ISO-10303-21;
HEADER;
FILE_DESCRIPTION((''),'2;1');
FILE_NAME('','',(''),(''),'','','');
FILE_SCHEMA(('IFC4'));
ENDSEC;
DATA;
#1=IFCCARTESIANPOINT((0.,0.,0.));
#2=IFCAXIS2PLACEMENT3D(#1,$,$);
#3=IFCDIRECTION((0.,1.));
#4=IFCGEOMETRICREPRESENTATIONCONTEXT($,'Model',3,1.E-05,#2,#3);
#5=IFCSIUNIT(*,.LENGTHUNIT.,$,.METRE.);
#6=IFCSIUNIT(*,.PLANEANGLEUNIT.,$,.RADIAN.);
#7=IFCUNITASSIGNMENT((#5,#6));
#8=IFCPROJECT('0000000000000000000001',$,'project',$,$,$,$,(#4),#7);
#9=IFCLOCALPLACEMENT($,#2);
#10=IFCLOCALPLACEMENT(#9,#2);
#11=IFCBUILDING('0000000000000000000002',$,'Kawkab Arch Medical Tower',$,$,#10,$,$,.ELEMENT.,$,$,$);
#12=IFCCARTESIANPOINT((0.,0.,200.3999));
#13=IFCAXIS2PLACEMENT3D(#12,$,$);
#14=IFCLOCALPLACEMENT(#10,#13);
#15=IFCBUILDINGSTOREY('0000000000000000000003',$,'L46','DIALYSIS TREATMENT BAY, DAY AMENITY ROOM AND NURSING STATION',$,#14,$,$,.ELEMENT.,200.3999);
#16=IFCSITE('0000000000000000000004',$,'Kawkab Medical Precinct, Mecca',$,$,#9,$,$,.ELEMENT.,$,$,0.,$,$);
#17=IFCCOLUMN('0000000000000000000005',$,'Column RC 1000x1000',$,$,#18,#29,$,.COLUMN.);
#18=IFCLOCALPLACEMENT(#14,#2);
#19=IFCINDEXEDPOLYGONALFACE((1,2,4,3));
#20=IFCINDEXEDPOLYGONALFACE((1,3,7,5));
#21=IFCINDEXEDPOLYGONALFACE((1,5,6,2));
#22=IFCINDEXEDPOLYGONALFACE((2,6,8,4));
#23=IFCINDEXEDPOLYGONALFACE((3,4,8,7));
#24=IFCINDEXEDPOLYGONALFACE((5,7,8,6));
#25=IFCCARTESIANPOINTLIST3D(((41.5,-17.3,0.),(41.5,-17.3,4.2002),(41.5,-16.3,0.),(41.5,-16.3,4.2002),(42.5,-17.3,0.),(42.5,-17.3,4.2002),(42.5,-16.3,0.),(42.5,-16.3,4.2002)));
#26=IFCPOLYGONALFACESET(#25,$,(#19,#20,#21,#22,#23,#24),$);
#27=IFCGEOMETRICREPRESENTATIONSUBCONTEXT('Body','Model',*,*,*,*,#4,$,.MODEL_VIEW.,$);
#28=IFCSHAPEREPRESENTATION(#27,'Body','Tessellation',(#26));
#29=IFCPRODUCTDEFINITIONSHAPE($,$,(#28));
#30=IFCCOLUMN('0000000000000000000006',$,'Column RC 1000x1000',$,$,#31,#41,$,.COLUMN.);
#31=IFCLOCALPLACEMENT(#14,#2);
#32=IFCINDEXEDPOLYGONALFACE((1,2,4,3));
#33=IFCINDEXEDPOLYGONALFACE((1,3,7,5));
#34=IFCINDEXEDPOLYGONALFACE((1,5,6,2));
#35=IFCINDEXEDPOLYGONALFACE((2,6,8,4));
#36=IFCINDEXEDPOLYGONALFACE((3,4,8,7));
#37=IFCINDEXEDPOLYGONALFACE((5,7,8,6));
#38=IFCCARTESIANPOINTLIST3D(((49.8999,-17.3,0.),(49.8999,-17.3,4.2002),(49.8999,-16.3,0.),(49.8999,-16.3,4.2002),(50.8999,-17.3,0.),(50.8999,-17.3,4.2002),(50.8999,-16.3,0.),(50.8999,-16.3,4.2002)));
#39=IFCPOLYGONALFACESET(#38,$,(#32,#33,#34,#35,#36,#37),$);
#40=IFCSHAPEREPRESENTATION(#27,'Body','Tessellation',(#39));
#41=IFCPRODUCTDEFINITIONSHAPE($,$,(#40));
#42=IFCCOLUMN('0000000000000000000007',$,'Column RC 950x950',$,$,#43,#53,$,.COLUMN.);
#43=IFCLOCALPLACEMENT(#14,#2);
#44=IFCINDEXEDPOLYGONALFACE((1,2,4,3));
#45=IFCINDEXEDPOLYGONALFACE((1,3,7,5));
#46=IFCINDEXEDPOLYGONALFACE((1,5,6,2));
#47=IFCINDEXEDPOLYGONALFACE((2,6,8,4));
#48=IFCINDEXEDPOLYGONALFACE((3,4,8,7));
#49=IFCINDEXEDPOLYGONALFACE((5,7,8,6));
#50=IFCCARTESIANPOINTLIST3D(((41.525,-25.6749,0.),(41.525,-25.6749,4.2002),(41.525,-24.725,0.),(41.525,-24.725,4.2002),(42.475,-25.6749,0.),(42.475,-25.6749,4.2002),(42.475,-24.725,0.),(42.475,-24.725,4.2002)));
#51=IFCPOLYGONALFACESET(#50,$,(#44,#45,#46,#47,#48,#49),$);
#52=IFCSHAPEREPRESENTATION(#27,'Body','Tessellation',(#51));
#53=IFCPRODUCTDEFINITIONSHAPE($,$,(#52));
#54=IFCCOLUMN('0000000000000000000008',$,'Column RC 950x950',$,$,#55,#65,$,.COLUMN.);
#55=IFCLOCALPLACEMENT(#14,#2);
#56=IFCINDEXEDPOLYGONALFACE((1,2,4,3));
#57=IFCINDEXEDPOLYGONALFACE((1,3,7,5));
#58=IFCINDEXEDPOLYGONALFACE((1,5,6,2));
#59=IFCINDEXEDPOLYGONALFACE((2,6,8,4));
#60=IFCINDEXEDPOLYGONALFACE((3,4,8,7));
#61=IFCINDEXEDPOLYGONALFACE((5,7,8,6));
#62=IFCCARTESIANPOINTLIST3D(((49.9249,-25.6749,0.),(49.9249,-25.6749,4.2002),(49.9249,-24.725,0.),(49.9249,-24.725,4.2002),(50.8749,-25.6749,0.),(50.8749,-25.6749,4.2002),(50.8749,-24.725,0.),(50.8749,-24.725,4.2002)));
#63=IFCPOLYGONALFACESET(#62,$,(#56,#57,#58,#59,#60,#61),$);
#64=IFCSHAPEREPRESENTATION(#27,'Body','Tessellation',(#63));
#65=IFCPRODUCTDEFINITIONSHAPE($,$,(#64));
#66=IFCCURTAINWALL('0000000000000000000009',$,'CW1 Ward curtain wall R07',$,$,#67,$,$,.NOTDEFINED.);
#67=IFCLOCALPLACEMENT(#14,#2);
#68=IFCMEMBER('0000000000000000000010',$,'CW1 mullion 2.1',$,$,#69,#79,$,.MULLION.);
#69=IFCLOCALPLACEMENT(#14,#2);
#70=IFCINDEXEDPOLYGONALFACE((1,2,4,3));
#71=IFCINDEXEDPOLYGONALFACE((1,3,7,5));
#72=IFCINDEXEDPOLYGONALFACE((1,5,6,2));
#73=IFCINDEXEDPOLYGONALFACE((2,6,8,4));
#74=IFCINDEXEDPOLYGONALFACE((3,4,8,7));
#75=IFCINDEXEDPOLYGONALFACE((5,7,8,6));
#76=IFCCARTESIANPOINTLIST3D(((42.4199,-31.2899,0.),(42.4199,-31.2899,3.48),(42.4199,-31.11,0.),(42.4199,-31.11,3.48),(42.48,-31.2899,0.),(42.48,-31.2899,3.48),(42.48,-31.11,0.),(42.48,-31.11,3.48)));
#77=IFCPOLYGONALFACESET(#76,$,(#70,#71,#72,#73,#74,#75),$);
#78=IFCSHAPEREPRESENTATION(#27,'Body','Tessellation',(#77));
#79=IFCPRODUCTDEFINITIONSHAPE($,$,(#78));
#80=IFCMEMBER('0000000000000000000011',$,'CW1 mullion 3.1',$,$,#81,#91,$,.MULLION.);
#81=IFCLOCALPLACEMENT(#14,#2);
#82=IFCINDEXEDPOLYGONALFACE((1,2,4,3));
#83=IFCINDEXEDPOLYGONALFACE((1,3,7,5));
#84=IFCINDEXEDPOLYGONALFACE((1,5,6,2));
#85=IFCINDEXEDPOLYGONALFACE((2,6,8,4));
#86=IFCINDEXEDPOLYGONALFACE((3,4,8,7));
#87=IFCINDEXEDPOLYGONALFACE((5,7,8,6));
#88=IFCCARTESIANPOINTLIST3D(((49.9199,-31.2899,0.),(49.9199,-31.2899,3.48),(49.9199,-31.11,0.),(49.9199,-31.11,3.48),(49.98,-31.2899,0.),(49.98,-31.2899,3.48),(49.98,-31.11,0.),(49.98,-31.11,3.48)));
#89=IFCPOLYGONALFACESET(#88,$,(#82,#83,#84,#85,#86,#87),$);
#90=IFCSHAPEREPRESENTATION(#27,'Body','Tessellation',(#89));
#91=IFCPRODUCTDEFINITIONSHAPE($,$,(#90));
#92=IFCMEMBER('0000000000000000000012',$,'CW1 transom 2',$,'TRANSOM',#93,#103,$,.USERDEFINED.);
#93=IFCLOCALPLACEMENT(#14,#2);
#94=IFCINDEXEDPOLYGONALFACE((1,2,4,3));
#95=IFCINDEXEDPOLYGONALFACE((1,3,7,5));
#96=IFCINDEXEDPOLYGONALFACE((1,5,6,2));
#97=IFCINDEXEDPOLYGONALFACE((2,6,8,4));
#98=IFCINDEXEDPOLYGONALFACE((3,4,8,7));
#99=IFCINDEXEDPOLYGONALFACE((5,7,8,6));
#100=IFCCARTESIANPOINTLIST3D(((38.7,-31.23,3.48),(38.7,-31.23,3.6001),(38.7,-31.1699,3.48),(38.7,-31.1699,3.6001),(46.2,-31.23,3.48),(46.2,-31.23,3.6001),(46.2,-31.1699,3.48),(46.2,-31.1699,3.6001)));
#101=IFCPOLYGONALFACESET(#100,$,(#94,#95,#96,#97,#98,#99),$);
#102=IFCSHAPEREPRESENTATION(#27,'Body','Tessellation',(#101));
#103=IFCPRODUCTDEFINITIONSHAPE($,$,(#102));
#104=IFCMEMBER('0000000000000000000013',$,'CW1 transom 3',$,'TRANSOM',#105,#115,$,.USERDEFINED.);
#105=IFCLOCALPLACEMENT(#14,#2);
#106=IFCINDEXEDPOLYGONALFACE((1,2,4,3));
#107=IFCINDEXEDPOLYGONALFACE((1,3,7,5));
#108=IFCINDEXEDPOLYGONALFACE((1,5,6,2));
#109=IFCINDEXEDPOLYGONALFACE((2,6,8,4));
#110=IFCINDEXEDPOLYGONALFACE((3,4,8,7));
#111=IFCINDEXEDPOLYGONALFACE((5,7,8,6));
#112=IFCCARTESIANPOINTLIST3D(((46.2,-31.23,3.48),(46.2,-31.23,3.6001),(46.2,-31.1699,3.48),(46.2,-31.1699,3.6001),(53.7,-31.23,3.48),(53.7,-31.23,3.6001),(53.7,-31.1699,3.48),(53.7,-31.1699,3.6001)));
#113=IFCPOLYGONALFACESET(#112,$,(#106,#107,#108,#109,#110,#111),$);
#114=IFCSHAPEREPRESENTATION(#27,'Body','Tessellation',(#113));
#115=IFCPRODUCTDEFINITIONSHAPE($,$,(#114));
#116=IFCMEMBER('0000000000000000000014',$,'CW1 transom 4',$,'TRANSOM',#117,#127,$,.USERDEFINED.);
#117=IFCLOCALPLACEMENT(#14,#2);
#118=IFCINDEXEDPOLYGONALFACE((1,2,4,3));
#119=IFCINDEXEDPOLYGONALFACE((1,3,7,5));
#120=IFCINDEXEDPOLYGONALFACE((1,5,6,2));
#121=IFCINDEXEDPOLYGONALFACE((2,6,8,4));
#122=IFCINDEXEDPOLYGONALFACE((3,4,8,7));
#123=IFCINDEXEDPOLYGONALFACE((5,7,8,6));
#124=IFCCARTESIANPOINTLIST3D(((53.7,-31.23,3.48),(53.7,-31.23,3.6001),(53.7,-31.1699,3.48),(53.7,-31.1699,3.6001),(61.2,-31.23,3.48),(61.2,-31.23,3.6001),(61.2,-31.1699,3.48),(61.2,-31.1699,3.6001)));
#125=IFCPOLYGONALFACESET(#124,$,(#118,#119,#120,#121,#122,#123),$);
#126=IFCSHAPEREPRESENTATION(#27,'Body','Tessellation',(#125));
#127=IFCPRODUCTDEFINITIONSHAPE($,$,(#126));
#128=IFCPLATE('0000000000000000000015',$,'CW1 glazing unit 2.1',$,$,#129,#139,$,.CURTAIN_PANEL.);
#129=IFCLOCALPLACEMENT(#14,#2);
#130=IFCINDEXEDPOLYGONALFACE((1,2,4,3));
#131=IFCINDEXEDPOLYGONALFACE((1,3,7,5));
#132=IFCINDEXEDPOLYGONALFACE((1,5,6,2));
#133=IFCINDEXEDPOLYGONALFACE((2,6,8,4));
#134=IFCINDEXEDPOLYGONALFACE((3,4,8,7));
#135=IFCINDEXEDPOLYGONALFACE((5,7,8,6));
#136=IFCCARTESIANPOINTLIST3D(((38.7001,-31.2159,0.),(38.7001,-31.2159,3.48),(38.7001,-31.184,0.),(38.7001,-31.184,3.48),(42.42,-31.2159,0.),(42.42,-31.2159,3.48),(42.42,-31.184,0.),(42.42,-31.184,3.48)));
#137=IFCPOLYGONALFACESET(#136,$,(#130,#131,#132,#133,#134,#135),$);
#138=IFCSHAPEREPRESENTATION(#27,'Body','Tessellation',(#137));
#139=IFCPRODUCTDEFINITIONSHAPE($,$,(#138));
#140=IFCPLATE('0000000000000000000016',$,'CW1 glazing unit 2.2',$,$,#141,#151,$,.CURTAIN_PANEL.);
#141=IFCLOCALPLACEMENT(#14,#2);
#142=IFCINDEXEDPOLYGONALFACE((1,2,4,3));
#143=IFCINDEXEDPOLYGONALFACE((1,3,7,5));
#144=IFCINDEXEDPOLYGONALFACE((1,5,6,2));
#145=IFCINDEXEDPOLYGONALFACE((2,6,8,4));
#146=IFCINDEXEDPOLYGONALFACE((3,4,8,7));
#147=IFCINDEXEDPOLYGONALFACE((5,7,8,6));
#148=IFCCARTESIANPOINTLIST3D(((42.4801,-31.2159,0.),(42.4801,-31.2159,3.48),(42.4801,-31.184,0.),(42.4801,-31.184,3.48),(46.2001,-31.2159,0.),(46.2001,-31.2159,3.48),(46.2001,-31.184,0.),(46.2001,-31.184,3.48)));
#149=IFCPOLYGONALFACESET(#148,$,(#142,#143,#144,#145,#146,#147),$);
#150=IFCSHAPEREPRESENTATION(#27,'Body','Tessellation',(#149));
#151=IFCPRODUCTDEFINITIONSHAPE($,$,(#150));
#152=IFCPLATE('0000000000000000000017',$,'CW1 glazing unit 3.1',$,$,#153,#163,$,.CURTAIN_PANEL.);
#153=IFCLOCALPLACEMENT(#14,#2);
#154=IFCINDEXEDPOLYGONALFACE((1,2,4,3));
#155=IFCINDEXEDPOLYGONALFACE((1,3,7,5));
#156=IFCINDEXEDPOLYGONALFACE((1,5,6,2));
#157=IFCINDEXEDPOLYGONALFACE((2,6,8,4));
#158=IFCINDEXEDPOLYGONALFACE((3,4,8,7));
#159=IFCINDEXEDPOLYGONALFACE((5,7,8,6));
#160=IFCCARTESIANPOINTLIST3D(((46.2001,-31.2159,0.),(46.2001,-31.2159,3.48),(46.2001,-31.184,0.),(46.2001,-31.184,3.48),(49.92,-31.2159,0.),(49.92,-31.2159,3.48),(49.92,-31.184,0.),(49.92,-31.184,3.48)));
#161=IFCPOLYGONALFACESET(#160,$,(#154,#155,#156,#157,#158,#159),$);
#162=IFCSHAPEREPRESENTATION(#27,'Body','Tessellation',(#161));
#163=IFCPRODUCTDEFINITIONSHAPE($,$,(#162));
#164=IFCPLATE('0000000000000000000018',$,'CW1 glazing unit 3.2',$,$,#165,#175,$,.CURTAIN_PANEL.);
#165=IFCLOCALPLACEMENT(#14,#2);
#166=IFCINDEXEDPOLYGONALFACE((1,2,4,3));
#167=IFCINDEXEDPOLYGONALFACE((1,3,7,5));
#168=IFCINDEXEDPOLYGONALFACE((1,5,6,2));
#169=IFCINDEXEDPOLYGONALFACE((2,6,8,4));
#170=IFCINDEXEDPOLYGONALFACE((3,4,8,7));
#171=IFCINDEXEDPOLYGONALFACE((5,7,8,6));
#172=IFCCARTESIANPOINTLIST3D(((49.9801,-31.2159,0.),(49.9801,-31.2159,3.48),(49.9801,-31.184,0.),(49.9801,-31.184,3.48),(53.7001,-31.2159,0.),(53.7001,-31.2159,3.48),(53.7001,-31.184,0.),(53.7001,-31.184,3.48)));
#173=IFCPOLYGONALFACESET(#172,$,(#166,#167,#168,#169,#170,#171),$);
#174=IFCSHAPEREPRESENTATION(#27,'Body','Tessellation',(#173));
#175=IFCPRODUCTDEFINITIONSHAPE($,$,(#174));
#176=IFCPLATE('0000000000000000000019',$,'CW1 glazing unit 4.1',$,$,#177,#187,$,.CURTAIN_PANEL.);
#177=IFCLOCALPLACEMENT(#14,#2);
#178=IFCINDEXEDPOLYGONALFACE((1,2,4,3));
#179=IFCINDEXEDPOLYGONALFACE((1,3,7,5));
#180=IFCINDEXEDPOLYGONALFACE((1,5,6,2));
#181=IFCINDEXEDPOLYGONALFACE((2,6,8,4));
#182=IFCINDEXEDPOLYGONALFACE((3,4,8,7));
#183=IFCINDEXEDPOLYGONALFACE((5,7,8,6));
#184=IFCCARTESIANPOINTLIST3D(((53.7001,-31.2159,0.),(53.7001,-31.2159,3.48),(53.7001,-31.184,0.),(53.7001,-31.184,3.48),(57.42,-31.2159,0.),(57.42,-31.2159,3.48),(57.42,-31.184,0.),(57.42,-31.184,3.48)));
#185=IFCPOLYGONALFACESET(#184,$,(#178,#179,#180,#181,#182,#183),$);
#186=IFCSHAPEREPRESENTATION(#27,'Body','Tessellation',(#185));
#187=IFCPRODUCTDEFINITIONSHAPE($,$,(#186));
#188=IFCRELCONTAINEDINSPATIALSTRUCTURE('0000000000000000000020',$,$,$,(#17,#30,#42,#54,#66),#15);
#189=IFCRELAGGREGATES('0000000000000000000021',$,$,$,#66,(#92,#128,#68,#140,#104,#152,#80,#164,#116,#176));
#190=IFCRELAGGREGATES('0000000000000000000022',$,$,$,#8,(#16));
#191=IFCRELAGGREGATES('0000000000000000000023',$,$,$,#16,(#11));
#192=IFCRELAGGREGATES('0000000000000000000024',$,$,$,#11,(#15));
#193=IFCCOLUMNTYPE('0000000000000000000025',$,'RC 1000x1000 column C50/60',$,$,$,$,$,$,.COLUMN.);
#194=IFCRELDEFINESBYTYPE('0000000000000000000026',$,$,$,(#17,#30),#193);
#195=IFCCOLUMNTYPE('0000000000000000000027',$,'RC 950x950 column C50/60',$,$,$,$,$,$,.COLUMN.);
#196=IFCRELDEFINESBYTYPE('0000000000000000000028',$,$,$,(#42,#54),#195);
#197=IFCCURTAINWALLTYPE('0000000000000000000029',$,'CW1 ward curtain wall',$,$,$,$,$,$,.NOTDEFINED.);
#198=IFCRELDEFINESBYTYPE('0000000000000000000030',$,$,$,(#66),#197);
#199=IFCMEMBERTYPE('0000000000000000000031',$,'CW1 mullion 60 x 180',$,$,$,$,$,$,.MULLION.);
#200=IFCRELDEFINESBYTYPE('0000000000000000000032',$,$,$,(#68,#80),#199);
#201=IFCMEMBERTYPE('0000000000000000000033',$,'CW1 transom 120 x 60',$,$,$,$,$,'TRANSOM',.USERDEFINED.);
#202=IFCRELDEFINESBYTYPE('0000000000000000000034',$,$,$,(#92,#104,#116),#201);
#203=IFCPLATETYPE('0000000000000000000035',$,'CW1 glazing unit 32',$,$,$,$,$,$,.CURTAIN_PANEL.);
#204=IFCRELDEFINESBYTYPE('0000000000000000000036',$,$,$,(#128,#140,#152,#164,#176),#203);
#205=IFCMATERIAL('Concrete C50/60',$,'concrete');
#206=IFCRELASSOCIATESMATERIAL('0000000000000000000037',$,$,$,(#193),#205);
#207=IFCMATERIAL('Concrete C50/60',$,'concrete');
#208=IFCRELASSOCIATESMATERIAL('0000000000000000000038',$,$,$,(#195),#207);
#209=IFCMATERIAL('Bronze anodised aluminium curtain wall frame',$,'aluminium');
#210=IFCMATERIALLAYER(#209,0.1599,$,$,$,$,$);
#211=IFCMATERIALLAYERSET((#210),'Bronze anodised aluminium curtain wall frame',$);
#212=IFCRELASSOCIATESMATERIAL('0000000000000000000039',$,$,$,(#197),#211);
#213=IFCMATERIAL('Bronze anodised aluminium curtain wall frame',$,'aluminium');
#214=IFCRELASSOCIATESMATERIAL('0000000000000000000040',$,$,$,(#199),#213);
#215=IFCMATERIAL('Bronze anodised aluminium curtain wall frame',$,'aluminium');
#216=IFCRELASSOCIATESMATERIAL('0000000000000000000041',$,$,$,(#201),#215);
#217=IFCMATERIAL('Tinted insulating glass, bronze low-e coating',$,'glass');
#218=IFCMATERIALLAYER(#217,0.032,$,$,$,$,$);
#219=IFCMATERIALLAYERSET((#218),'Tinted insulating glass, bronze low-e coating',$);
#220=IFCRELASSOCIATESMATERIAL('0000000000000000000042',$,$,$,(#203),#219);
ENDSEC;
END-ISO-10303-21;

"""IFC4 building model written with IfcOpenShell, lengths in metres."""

from ifc_helpers import new_model, si_unit, direction, frame, origin, origin_2d, place, context, subcontext, project, spatial, rectangle, extrude, material, layer, layer_set, material_profile, profile_set, type_object, element, aggregate, save


model = new_model("IFC4")

# Units and contexts
model_context = context("Model", 3, precision=1e-05, world=origin(), true_north=direction((0.0, 1.0)))
body_context = subcontext(model_context, "Body", "Model", "MODEL_VIEW")
ifc_project = project(units=[si_unit("LENGTHUNIT", "METRE"), si_unit("PLANEANGLEUNIT", "RADIAN")], contexts=[model_context])

# Site, building, storey
site_placement = place(None, origin())
site = spatial("IfcSite", under=ifc_project, at=site_placement, Name="Kawkab Medical Precinct, Mecca", CompositionType="ELEMENT", RefElevation=0.0)
building_placement = place(site_placement, origin())
building = spatial("IfcBuilding", under=site, at=building_placement, Name="Kawkab Arch Medical Tower", CompositionType="ELEMENT")
storey_placement = place(building_placement, frame((0.0, 0.0, 200.3999)))
storey = spatial("IfcBuildingStorey", under=building, at=storey_placement, Name="L46", Description="DIALYSIS TREATMENT BAY, DAY AMENITY ROOM AND NURSING STATION", CompositionType="ELEMENT", Elevation=200.3999)

# Columns
ifc_material_1 = material(Name="Concrete C50/60", Category="concrete")
ifc_material_profile_1 = material_profile(ifc_material_1, rectangle(XDim=1.0, YDim=1.0, at=origin_2d()), Name="RC 1000x1000")
ifc_profile_set_1 = profile_set([ifc_material_profile_1], Name="Concrete C50/60")
column_type_1 = type_object("IfcColumnType", Name="RC 1000x1000 column C50/60", PredefinedType="COLUMN", material=ifc_profile_set_1)
for number, where, z_axis, x_axis, name in (
    (1, (42.0, -16.8, 0.0), (0.0, 0.0, 1.0), (1.0, 0.0, 0.0), "Column RC 1000x1000"),
    (2, (50.3999, -16.8, 0.0), (0.0, 0.0, 1.0), (1.0, 0.0, 0.0), "Column RC 1000x1000"),
):
    element("IfcColumn", number, at=place(storey_placement, frame(where, z_axis=z_axis, x_axis=x_axis)), inside=storey, type_object=column_type_1, Name=name, PredefinedType="COLUMN", context=body_context, shape_type="SweptSolid", body=[
        extrude(rectangle(XDim=1.0, YDim=1.0, at=origin_2d()), origin(), (0.0, 0.0, 1.0), 4.2002),
    ])
ifc_material_2 = material(Name="Concrete C50/60", Category="concrete")
ifc_material_profile_2 = material_profile(ifc_material_2, rectangle(XDim=0.95, YDim=0.95, at=origin_2d()), Name="RC 950x950")
ifc_profile_set_2 = profile_set([ifc_material_profile_2], Name="Concrete C50/60")
column_type_2 = type_object("IfcColumnType", Name="RC 950x950 column C50/60", PredefinedType="COLUMN", material=ifc_profile_set_2)
for number, where, z_axis, x_axis, name in (
    (3, (42.0, -25.2, 0.0), (0.0, 0.0, 1.0), (1.0, 0.0, 0.0), "Column RC 950x950"),
    (4, (50.3999, -25.2, 0.0), (0.0, 0.0, 1.0), (1.0, 0.0, 0.0), "Column RC 950x950"),
):
    element("IfcColumn", number, at=place(storey_placement, frame(where, z_axis=z_axis, x_axis=x_axis)), inside=storey, type_object=column_type_2, Name=name, PredefinedType="COLUMN", context=body_context, shape_type="SweptSolid", body=[
        extrude(rectangle(XDim=0.95, YDim=0.95, at=origin_2d()), origin(), (0.0, 0.0, 1.0), 4.2002),
    ])

# Curtain wall, members, plates
ifc_material_3 = material(Name="Bronze anodised aluminium curtain wall frame", Category="aluminium")
ifc_layer_1 = layer(ifc_material_3, 0.1599)
ifc_layer_set_1 = layer_set([ifc_layer_1], Name="Bronze anodised aluminium curtain wall frame")
curtain_wall_type = type_object("IfcCurtainWallType", Name="CW1 ward curtain wall", PredefinedType="NOTDEFINED", material=ifc_layer_set_1)
curtain_wall_placement = place(storey_placement, origin())
curtain_wall = element("IfcCurtainWall", 5, at=curtain_wall_placement, inside=storey, type_object=curtain_wall_type, Name="CW1 Ward curtain wall R07", PredefinedType="NOTDEFINED")
ifc_material_4 = material(Name="Bronze anodised aluminium curtain wall frame", Category="aluminium")
ifc_material_profile_3 = material_profile(ifc_material_4, rectangle(XDim=0.1799, YDim=0.0601, at=origin_2d()), Name="AL 60x180")
ifc_profile_set_3 = profile_set([ifc_material_profile_3], Name="Bronze anodised aluminium curtain wall frame")
member_type_1 = type_object("IfcMemberType", Name="CW1 mullion 60 x 180", PredefinedType="MULLION", material=ifc_profile_set_3)
member_1_placement = place(storey_placement, frame((42.45, -31.2, 0.0), z_axis=(0.0, 0.0, 1.0), x_axis=(0.0, 1.0, 0.0)))
member_1 = element("IfcMember", 6, at=member_1_placement, type_object=member_type_1, Name="CW1 mullion 2.1", PredefinedType="MULLION", context=body_context, shape_type="SweptSolid", body=[
    extrude(rectangle(XDim=0.1799, YDim=0.0601, at=origin_2d()), origin(), (0.0, 0.0, 1.0), 3.48),
])
member_2_placement = place(storey_placement, frame((49.95, -31.2, 0.0), z_axis=(0.0, 0.0, 1.0), x_axis=(0.0, 1.0, 0.0)))
member_2 = element("IfcMember", 7, at=member_2_placement, type_object=member_type_1, Name="CW1 mullion 3.1", PredefinedType="MULLION", context=body_context, shape_type="SweptSolid", body=[
    extrude(rectangle(XDim=0.1799, YDim=0.0601, at=origin_2d()), origin(), (0.0, 0.0, 1.0), 3.48),
])
ifc_material_5 = material(Name="Bronze anodised aluminium curtain wall frame", Category="aluminium")
ifc_material_profile_4 = material_profile(ifc_material_5, rectangle(XDim=0.0601, YDim=0.1201, at=origin_2d()), Name="AL 60x120")
ifc_profile_set_4 = profile_set([ifc_material_profile_4], Name="Bronze anodised aluminium curtain wall frame")
member_type_2 = type_object("IfcMemberType", Name="CW1 transom 120 x 60", ElementType="TRANSOM", PredefinedType="USERDEFINED", material=ifc_profile_set_4)
member_3_placement = place(storey_placement, frame((38.7, -31.2, 3.54), z_axis=(1.0, 0.0, 0.0), x_axis=(0.0, 1.0, 0.0)))
member_3 = element("IfcMember", 8, at=member_3_placement, type_object=member_type_2, Name="CW1 transom 2", ObjectType="TRANSOM", PredefinedType="USERDEFINED", context=body_context, shape_type="SweptSolid", body=[
    extrude(rectangle(XDim=0.0601, YDim=0.1201, at=origin_2d()), origin(), (0.0, 0.0, 1.0), 7.5),
])
member_4_placement = place(storey_placement, frame((46.2, -31.2, 3.54), z_axis=(1.0, 0.0, 0.0), x_axis=(0.0, 1.0, 0.0)))
member_4 = element("IfcMember", 9, at=member_4_placement, type_object=member_type_2, Name="CW1 transom 3", ObjectType="TRANSOM", PredefinedType="USERDEFINED", context=body_context, shape_type="SweptSolid", body=[
    extrude(rectangle(XDim=0.0601, YDim=0.1201, at=origin_2d()), origin(), (0.0, 0.0, 1.0), 7.5),
])
member_5_placement = place(storey_placement, frame((53.7, -31.2, 3.54), z_axis=(1.0, 0.0, 0.0), x_axis=(0.0, 1.0, 0.0)))
member_5 = element("IfcMember", 10, at=member_5_placement, type_object=member_type_2, Name="CW1 transom 4", ObjectType="TRANSOM", PredefinedType="USERDEFINED", context=body_context, shape_type="SweptSolid", body=[
    extrude(rectangle(XDim=0.0601, YDim=0.1201, at=origin_2d()), origin(), (0.0, 0.0, 1.0), 7.5),
])
ifc_material_6 = material(Name="Tinted insulating glass, bronze low-e coating", Category="glass")
ifc_layer_2 = layer(ifc_material_6, 0.032)
ifc_layer_set_2 = layer_set([ifc_layer_2], Name="Tinted insulating glass, bronze low-e coating")
plate_type = type_object("IfcPlateType", Name="CW1 glazing unit 32", PredefinedType="CURTAIN_PANEL", material=ifc_layer_set_2)
plate_1_placement = place(storey_placement, frame((40.5601, -31.2, 0.0), z_axis=(0.0, 0.0, 1.0), x_axis=(1.0, 0.0, 0.0)))
plate_1 = element("IfcPlate", 11, at=plate_1_placement, type_object=plate_type, Name="CW1 glazing unit 2.1", PredefinedType="CURTAIN_PANEL", context=body_context, shape_type="SweptSolid", body=[
    extrude(rectangle(XDim=3.72, YDim=0.032, at=origin_2d()), origin(), (0.0, 0.0, 1.0), 3.48),
])
plate_2_placement = place(storey_placement, frame((44.3401, -31.2, 0.0), z_axis=(0.0, 0.0, 1.0), x_axis=(1.0, 0.0, 0.0)))
plate_2 = element("IfcPlate", 12, at=plate_2_placement, type_object=plate_type, Name="CW1 glazing unit 2.2", PredefinedType="CURTAIN_PANEL", context=body_context, shape_type="SweptSolid", body=[
    extrude(rectangle(XDim=3.72, YDim=0.032, at=origin_2d()), origin(), (0.0, 0.0, 1.0), 3.48),
])
plate_3_placement = place(storey_placement, frame((48.0601, -31.2, 0.0), z_axis=(0.0, 0.0, 1.0), x_axis=(1.0, 0.0, 0.0)))
plate_3 = element("IfcPlate", 13, at=plate_3_placement, type_object=plate_type, Name="CW1 glazing unit 3.1", PredefinedType="CURTAIN_PANEL", context=body_context, shape_type="SweptSolid", body=[
    extrude(rectangle(XDim=3.72, YDim=0.032, at=origin_2d()), origin(), (0.0, 0.0, 1.0), 3.48),
])
plate_4_placement = place(storey_placement, frame((51.8401, -31.2, 0.0), z_axis=(0.0, 0.0, 1.0), x_axis=(1.0, 0.0, 0.0)))
plate_4 = element("IfcPlate", 14, at=plate_4_placement, type_object=plate_type, Name="CW1 glazing unit 3.2", PredefinedType="CURTAIN_PANEL", context=body_context, shape_type="SweptSolid", body=[
    extrude(rectangle(XDim=3.72, YDim=0.032, at=origin_2d()), origin(), (0.0, 0.0, 1.0), 3.48),
])
plate_5_placement = place(storey_placement, frame((55.5601, -31.2, 0.0), z_axis=(0.0, 0.0, 1.0), x_axis=(1.0, 0.0, 0.0)))
plate_5 = element("IfcPlate", 15, at=plate_5_placement, type_object=plate_type, Name="CW1 glazing unit 4.1", PredefinedType="CURTAIN_PANEL", context=body_context, shape_type="SweptSolid", body=[
    extrude(rectangle(XDim=3.72, YDim=0.032, at=origin_2d()), origin(), (0.0, 0.0, 1.0), 3.48),
])
aggregate(curtain_wall, [member_3, plate_1, member_1, plate_2, member_4, plate_3, member_2, plate_4, member_5, plate_5])

save(model, "model.ifc")
